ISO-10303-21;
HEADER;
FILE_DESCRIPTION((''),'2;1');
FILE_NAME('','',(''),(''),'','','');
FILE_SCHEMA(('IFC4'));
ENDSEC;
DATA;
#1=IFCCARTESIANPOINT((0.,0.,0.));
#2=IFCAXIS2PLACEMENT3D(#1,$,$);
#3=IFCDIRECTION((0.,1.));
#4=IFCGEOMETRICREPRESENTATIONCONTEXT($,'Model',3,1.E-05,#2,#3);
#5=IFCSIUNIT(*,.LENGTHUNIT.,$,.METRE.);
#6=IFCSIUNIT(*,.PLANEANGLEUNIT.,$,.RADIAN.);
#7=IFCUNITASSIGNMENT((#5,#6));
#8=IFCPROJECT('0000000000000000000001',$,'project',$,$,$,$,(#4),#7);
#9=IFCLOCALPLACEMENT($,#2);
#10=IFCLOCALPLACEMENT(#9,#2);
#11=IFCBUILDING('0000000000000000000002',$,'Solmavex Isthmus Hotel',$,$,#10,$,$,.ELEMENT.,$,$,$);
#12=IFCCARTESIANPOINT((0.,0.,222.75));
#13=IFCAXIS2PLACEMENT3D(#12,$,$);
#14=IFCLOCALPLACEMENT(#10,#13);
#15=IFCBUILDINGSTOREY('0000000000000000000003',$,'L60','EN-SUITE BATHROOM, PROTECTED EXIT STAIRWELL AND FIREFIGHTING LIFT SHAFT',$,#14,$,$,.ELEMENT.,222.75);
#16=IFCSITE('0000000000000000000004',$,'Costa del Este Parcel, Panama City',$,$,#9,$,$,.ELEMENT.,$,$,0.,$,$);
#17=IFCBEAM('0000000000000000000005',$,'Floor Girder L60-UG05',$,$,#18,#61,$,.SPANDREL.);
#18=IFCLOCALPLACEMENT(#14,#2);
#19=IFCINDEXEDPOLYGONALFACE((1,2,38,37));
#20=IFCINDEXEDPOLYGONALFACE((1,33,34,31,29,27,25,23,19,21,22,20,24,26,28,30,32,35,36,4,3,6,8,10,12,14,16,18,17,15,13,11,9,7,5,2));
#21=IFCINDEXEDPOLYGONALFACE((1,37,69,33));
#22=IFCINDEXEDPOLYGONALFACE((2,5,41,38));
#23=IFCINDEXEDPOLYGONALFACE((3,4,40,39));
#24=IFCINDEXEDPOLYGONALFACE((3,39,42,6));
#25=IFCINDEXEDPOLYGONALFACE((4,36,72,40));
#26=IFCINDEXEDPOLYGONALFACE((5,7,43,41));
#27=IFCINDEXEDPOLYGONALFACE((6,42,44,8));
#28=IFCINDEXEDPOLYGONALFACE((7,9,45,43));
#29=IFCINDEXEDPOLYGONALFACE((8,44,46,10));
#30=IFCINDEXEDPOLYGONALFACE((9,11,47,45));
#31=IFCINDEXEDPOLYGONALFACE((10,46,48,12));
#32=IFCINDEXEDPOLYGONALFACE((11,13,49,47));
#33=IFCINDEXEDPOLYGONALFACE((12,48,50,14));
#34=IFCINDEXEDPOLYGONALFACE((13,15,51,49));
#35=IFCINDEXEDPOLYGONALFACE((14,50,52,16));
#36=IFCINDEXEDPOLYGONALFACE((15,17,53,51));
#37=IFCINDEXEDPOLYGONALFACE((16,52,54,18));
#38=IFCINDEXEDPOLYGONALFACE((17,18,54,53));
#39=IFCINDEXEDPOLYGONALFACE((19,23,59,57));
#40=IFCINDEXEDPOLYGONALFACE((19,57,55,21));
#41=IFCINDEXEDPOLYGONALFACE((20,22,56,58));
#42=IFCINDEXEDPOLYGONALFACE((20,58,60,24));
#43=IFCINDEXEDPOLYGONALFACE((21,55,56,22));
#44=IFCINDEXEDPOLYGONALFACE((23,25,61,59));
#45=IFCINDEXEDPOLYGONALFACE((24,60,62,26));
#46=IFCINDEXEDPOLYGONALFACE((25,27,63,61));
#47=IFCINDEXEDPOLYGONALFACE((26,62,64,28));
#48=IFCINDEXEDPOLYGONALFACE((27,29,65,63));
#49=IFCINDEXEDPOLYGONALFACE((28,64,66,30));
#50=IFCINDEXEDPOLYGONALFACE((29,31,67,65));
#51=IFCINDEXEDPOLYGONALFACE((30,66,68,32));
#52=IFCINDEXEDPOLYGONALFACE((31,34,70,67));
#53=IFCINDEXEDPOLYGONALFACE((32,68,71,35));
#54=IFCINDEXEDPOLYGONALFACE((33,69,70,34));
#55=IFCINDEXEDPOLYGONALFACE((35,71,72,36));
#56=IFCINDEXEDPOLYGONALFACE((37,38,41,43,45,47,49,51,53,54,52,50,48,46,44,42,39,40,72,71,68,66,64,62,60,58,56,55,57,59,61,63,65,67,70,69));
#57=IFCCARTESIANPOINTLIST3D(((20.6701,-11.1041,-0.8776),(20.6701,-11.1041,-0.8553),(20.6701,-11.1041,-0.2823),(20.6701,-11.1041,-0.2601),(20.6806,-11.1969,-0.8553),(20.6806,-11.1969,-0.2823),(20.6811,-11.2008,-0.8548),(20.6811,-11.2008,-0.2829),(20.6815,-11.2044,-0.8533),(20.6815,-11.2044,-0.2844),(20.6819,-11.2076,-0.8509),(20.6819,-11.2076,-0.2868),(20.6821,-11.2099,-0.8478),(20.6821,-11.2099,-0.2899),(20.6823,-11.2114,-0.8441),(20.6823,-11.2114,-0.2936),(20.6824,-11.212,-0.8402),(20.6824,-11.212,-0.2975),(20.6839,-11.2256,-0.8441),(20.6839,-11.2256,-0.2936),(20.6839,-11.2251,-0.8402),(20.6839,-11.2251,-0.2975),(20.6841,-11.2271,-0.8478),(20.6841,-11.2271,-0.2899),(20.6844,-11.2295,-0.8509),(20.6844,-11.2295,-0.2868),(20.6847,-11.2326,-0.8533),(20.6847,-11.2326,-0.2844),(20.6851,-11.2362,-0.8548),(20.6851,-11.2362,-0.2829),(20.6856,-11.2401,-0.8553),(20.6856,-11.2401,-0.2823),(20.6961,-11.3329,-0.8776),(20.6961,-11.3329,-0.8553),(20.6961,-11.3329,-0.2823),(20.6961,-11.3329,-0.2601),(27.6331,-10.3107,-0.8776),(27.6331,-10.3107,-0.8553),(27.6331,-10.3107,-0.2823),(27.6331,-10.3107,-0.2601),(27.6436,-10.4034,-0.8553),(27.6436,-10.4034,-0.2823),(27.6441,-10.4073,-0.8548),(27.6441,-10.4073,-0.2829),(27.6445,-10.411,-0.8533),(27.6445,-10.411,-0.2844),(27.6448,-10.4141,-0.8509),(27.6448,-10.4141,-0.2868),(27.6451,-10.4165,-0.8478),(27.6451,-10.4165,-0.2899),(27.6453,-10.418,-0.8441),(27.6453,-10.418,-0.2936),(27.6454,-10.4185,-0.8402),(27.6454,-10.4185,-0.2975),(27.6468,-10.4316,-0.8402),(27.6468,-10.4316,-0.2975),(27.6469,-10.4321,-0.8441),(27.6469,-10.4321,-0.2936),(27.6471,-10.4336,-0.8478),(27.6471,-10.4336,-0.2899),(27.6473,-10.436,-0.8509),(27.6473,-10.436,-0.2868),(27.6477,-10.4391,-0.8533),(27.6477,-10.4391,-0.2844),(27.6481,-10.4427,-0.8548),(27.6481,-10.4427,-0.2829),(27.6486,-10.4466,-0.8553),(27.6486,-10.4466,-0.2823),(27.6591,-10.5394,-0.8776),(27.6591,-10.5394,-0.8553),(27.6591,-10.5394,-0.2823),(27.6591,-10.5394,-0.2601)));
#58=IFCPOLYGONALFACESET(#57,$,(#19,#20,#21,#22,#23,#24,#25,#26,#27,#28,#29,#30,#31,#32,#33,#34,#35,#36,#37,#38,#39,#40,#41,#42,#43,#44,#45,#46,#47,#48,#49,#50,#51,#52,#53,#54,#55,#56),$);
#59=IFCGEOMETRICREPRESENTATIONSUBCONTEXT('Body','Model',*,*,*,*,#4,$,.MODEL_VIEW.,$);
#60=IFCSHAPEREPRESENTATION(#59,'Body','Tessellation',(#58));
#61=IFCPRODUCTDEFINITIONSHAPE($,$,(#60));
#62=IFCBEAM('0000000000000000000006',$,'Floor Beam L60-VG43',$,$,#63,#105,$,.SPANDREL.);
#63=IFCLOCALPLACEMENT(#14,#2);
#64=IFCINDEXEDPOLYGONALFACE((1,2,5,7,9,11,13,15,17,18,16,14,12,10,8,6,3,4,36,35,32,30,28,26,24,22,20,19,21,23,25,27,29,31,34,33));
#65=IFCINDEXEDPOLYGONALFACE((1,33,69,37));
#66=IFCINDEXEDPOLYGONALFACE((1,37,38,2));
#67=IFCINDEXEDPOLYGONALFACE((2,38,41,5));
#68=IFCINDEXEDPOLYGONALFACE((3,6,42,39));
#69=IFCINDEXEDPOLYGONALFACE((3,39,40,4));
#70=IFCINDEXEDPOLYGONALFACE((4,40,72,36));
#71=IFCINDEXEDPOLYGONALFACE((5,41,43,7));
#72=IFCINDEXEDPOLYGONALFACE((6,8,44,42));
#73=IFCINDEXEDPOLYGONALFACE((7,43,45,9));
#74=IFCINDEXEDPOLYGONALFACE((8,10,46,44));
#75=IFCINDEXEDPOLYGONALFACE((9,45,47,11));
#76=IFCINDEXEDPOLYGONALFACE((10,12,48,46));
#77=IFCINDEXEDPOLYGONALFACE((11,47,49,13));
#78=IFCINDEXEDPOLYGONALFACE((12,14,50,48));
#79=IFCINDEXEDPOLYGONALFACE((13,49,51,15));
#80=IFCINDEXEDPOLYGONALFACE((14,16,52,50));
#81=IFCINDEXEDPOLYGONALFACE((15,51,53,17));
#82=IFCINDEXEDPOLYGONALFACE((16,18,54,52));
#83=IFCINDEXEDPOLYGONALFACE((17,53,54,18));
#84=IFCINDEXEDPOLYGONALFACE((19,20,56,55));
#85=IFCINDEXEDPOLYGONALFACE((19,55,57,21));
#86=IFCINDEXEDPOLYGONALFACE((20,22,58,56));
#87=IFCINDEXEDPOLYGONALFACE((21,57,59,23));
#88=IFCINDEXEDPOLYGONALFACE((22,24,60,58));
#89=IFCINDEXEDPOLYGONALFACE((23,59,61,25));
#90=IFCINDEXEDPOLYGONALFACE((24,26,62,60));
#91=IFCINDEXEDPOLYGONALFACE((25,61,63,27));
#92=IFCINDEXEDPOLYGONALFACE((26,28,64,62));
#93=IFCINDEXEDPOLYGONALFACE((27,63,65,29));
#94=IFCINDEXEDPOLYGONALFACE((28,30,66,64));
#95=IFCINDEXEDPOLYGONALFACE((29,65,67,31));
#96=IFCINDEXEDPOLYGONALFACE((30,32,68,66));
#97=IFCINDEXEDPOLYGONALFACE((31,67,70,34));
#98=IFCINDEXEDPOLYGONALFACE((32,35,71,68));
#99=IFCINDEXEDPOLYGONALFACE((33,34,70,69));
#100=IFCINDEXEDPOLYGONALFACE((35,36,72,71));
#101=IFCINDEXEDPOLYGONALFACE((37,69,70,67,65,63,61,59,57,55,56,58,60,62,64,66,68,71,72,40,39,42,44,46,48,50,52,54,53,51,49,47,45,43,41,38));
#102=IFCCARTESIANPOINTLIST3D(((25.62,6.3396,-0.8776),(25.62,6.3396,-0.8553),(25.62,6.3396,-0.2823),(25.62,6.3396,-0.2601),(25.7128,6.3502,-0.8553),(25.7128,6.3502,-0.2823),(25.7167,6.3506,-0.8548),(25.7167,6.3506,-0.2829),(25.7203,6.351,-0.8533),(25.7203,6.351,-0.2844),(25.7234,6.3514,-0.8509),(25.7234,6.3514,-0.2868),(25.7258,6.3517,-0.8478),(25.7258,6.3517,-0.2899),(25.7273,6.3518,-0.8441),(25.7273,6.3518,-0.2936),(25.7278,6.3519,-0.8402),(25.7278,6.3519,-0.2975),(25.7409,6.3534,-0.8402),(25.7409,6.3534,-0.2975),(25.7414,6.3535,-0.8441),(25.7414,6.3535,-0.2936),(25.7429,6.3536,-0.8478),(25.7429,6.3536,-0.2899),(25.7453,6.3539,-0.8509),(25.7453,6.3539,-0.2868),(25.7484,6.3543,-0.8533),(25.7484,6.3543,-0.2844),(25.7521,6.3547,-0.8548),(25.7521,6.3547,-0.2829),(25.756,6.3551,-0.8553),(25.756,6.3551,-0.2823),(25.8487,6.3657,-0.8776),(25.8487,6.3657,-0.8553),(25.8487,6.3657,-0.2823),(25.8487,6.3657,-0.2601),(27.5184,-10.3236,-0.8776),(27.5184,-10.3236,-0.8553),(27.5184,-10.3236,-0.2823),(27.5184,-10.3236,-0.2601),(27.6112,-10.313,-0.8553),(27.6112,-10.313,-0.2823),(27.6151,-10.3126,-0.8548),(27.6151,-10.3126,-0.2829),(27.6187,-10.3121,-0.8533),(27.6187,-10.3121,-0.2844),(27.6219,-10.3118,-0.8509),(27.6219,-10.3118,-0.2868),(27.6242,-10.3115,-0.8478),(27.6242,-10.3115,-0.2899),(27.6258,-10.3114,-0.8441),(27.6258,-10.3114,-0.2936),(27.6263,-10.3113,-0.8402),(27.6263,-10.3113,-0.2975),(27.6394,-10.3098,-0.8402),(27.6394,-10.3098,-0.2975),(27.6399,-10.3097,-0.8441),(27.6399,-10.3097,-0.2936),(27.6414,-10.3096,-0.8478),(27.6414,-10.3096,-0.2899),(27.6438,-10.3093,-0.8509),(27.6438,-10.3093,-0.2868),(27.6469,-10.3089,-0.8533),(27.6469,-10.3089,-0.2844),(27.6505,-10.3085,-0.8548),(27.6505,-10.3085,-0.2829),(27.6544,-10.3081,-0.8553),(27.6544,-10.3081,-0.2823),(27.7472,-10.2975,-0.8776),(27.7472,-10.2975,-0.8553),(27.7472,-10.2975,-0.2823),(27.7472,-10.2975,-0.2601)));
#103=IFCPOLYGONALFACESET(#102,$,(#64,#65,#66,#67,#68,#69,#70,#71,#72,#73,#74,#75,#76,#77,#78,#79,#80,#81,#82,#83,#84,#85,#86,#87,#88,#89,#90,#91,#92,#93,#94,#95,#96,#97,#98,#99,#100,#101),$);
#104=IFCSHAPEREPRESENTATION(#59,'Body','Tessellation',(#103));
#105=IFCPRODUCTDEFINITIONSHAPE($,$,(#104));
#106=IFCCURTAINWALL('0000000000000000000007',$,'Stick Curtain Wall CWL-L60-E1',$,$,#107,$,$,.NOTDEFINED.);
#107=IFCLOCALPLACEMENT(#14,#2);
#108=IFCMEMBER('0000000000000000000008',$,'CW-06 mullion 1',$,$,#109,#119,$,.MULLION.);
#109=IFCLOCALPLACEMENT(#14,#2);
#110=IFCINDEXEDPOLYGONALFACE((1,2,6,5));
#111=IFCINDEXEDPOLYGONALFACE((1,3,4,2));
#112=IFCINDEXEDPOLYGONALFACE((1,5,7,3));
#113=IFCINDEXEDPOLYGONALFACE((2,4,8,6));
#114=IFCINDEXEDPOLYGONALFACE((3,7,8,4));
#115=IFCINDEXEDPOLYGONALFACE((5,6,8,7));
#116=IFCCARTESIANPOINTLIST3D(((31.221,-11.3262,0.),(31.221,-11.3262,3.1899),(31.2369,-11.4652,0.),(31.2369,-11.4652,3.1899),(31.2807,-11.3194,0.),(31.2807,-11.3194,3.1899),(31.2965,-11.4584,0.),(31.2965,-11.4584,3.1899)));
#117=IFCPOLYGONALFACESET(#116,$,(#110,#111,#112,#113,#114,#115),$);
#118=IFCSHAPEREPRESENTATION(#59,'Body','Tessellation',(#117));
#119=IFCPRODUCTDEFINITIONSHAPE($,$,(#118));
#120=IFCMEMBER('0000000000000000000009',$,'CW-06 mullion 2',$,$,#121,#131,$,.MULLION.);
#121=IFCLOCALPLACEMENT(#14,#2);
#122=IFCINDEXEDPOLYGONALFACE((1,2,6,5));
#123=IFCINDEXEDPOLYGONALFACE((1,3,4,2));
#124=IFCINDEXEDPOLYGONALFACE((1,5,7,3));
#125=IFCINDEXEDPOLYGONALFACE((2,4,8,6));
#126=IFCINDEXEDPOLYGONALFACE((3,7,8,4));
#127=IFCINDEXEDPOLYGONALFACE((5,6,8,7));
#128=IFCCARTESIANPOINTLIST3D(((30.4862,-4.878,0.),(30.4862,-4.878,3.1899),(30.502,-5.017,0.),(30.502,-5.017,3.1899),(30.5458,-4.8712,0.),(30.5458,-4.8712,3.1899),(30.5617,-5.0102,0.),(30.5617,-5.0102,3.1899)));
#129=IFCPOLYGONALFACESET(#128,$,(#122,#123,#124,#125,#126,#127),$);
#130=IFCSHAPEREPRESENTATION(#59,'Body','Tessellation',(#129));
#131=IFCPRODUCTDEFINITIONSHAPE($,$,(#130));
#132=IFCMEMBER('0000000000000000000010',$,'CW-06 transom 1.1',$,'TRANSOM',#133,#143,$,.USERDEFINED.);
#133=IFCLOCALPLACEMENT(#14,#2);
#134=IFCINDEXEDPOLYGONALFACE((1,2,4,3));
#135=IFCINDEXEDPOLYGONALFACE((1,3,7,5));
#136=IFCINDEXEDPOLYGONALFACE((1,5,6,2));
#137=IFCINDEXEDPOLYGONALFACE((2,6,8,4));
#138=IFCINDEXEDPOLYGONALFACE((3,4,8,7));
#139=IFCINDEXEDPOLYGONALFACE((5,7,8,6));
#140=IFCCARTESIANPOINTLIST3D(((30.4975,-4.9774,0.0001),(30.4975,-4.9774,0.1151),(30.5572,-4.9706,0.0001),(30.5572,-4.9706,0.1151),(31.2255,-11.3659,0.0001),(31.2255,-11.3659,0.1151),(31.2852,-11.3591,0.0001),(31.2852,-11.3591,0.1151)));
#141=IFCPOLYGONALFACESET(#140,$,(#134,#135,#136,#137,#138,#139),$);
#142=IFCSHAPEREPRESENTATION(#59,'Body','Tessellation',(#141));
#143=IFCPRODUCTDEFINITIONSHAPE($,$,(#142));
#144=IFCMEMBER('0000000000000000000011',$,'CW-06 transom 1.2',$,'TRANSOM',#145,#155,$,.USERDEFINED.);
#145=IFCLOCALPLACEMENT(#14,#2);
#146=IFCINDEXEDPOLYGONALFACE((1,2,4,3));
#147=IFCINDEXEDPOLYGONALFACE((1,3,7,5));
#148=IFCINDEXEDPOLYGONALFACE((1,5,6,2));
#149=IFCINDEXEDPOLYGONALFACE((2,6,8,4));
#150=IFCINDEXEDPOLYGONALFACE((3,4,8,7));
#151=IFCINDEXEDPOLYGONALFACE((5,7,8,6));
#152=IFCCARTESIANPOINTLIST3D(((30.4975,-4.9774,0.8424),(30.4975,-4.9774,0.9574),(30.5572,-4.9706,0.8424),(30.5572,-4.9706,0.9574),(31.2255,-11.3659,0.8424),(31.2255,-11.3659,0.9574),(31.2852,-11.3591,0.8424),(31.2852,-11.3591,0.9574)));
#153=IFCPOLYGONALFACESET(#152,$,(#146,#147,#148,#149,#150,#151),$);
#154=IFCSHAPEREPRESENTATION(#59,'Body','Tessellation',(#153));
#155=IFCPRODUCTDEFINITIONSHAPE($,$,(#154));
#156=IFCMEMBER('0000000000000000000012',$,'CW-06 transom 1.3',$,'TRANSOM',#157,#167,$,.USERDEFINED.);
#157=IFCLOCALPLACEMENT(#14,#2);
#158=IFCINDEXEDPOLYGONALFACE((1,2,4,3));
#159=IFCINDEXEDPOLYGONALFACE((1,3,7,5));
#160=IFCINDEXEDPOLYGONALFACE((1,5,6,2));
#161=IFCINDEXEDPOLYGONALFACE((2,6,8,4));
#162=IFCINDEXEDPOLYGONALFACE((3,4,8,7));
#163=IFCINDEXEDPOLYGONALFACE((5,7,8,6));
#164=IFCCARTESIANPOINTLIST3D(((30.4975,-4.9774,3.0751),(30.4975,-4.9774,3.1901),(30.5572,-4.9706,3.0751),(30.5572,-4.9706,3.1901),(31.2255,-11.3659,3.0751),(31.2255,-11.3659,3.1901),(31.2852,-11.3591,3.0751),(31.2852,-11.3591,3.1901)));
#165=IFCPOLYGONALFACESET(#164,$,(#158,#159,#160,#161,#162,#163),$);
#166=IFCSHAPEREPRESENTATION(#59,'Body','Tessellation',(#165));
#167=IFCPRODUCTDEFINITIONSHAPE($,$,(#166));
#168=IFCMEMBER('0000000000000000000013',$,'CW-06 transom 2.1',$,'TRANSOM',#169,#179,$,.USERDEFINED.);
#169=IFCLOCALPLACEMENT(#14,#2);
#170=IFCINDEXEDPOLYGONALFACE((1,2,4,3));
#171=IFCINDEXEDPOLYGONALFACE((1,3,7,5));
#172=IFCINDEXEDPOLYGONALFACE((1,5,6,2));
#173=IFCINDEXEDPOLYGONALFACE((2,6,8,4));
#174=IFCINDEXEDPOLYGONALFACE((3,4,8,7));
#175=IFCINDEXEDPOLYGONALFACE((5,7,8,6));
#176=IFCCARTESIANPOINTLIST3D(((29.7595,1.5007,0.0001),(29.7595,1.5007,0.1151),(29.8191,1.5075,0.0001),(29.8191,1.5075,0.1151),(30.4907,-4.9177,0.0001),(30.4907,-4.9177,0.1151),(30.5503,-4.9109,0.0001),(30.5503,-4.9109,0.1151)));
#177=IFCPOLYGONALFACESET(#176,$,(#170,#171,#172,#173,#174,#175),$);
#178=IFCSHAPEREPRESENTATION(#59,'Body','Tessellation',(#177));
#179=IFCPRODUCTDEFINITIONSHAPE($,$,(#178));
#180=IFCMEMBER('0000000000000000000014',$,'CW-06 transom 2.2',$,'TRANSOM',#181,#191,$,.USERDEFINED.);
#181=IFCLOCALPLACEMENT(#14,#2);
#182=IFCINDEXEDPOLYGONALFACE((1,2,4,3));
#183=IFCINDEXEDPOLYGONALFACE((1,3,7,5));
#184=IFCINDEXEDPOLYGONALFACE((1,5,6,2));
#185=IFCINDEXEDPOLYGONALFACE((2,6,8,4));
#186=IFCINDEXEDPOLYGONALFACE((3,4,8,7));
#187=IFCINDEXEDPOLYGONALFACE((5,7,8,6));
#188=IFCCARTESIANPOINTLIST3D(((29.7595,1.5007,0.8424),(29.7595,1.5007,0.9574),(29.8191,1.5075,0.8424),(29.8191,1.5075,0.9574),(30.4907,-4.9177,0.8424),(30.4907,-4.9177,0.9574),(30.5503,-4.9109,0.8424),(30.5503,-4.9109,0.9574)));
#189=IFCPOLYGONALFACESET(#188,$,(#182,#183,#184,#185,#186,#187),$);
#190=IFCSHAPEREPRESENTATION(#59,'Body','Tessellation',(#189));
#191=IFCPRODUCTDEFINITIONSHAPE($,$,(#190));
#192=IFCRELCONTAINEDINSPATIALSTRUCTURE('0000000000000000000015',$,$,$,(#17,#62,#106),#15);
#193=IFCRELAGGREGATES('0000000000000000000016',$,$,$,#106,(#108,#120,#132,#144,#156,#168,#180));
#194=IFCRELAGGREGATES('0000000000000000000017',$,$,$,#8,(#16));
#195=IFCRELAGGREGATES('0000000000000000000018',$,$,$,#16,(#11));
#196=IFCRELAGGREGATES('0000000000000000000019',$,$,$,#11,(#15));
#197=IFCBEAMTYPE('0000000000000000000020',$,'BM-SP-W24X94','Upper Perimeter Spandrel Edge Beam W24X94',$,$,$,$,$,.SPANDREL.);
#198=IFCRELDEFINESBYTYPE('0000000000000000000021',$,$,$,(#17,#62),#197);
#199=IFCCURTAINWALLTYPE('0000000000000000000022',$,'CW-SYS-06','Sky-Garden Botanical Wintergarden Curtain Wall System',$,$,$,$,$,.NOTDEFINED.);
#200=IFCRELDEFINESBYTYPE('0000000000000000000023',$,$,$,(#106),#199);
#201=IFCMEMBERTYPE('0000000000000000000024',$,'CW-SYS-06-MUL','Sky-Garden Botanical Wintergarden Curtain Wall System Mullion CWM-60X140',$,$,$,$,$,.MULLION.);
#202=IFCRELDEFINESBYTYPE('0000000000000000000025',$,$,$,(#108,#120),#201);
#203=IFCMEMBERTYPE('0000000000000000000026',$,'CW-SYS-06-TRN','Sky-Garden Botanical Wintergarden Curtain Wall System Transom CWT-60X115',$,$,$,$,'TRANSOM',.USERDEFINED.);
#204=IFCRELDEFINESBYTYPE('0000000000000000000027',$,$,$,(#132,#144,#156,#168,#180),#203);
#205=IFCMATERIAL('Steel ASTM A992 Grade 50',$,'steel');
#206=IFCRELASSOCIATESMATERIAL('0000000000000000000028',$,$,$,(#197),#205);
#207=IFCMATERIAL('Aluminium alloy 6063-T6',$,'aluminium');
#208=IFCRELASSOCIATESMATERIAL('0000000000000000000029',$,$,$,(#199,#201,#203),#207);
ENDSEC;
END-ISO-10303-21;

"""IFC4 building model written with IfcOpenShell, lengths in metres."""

from ifc_helpers import new_model, si_unit, direction, frame, origin, origin_2d, place, context, subcontext, project, spatial, rectangle, i_section, extrude, material, material_profile, profile_set, type_object, element, aggregate, save


model = new_model("IFC4")

# Units and contexts
model_context = context("Model", 3, precision=1e-05, world=origin(), true_north=direction((0.0, 1.0)))
body_context = subcontext(model_context, "Body", "Model", "MODEL_VIEW")
ifc_project = project(units=[si_unit("LENGTHUNIT", "METRE"), si_unit("PLANEANGLEUNIT", "RADIAN")], contexts=[model_context])

# Site, building, storey
site_placement = place(None, origin())
site = spatial("IfcSite", under=ifc_project, at=site_placement, Name="Costa del Este Parcel, Panama City", CompositionType="ELEMENT", RefElevation=0.0)
building_placement = place(site_placement, origin())
building = spatial("IfcBuilding", under=site, at=building_placement, Name="Solmavex Isthmus Hotel", CompositionType="ELEMENT")
storey_placement = place(building_placement, frame((0.0, 0.0, 222.75)))
storey = spatial("IfcBuildingStorey", under=building, at=storey_placement, Name="L60", Description="EN-SUITE BATHROOM, PROTECTED EXIT STAIRWELL AND FIREFIGHTING LIFT SHAFT", CompositionType="ELEMENT", Elevation=222.75)

# Beams
ifc_material_1 = material(Name="Steel ASTM A992 Grade 50", Category="steel")
ifc_material_profile_1 = material_profile(ifc_material_1, i_section(OverallWidth=0.2302, OverallDepth=0.6174, WebThickness=0.0132, FlangeThickness=0.0222, FilletRadius=0.0151, at=origin_2d()), Name="W24X94")
ifc_profile_set_1 = profile_set([ifc_material_profile_1], Name="Steel ASTM A992 Grade 50")
beam_type_1 = type_object("IfcBeamType", Name="BM-SP-W24X94", Description="Upper Perimeter Spandrel Edge Beam W24X94", PredefinedType="SPANDREL", material=ifc_profile_set_1)
beam_1_placement = place(storey_placement, frame((20.6831, -11.2185, -0.5688), z_axis=(0.99357, 0.113222, 0.0), x_axis=(-0.113222, 0.99357, 0.0)))
element("IfcBeam", 1, at=beam_1_placement, inside=storey, type_object=beam_type_1, Name="Floor Girder L60-UG05", PredefinedType="SPANDREL", context=body_context, shape_type="SweptSolid", body=[
    extrude(i_section(OverallWidth=0.2302, OverallDepth=0.6174, WebThickness=0.0132, FlangeThickness=0.0222, FilletRadius=0.0151, at=origin_2d()), origin(), (0.0, 0.0, 1.0), 7.0081),
])
beam_2_placement = place(storey_placement, frame((27.6328, -10.3105, -0.5688), z_axis=(-0.113198, 0.993572, 0.0), x_axis=(-0.993572, -0.113198, 0.0)))
element("IfcBeam", 2, at=beam_2_placement, inside=storey, type_object=beam_type_1, Name="Floor Beam L60-VG43", PredefinedType="SPANDREL", context=body_context, shape_type="SweptSolid", body=[
    extrude(i_section(OverallWidth=0.2302, OverallDepth=0.6174, WebThickness=0.0132, FlangeThickness=0.0222, FilletRadius=0.0151, at=origin_2d()), origin(), (0.0, 0.0, 1.0), 16.771),
])

# Curtain wall, members
ifc_material_2 = material(Name="Aluminium alloy 6063-T6", Category="aluminium")
curtain_wall_type = type_object("IfcCurtainWallType", Name="CW-SYS-06", Description="Sky-Garden Botanical Wintergarden Curtain Wall System", PredefinedType="NOTDEFINED", material=ifc_material_2)
curtain_wall_placement = place(storey_placement, origin())
curtain_wall = element("IfcCurtainWall", 3, at=curtain_wall_placement, inside=storey, type_object=curtain_wall_type, Name="Stick Curtain Wall CWL-L60-E1", PredefinedType="NOTDEFINED")
ifc_material_profile_2 = material_profile(ifc_material_2, rectangle(XDim=0.0601, YDim=0.1399, at=origin_2d()), Name="CWM-60X140")
ifc_profile_set_2 = profile_set([ifc_material_profile_2], Name="Aluminium alloy 6063-T6")
member_type_1 = type_object("IfcMemberType", Name="CW-SYS-06-MUL", Description="Sky-Garden Botanical Wintergarden Curtain Wall System Mullion CWM-60X140", PredefinedType="MULLION", material=ifc_profile_set_2)
member_1_placement = place(storey_placement, frame((31.2588, -11.3923, 0.0), z_axis=(0.0, 0.0, 1.0), x_axis=(-0.993572, -0.113203, 0.0)))
member_1 = element("IfcMember", 4, at=member_1_placement, type_object=member_type_1, Name="CW-06 mullion 1", PredefinedType="MULLION", context=body_context, shape_type="SweptSolid", body=[
    extrude(rectangle(XDim=0.0601, YDim=0.1399, at=origin_2d()), origin(), (0.0, 0.0, 1.0), 3.1899),
])
member_2_placement = place(storey_placement, frame((30.5239, -4.9441, 0.0), z_axis=(0.0, 0.0, 1.0), x_axis=(-0.993572, -0.113203, 0.0)))
member_2 = element("IfcMember", 5, at=member_2_placement, type_object=member_type_1, Name="CW-06 mullion 2", PredefinedType="MULLION", context=body_context, shape_type="SweptSolid", body=[
    extrude(rectangle(XDim=0.0601, YDim=0.1399, at=origin_2d()), origin(), (0.0, 0.0, 1.0), 3.1899),
])
ifc_material_profile_3 = material_profile(ifc_material_2, rectangle(XDim=0.0601, YDim=0.115, at=origin_2d()), Name="CWT-60X115")
ifc_profile_set_3 = profile_set([ifc_material_profile_3], Name="Aluminium alloy 6063-T6")
member_type_2 = type_object("IfcMemberType", Name="CW-SYS-06-TRN", Description="Sky-Garden Botanical Wintergarden Curtain Wall System Transom CWT-60X115", ElementType="TRANSOM", PredefinedType="USERDEFINED", material=ifc_profile_set_3)
member_3_placement = place(storey_placement, frame((31.2554, -11.3625, 0.0576), z_axis=(-0.113223, 0.99357, 0.0), x_axis=(-0.99357, -0.113223, 0.0)))
member_3 = element("IfcMember", 6, at=member_3_placement, type_object=member_type_2, Name="CW-06 transom 1.1", ObjectType="TRANSOM", PredefinedType="USERDEFINED", context=body_context, shape_type="SweptSolid", body=[
    extrude(rectangle(XDim=0.0601, YDim=0.115, at=origin_2d()), origin(), (0.0, 0.0, 1.0), 6.4299),
])
member_4_placement = place(storey_placement, frame((31.2554, -11.3625, 0.8999), z_axis=(-0.113223, 0.99357, 0.0), x_axis=(-0.99357, -0.113223, 0.0)))
member_4 = element("IfcMember", 7, at=member_4_placement, type_object=member_type_2, Name="CW-06 transom 1.2", ObjectType="TRANSOM", PredefinedType="USERDEFINED", context=body_context, shape_type="SweptSolid", body=[
    extrude(rectangle(XDim=0.0601, YDim=0.115, at=origin_2d()), origin(), (0.0, 0.0, 1.0), 6.4299),
])
member_5_placement = place(storey_placement, frame((31.2554, -11.3625, 3.1326), z_axis=(-0.113223, 0.99357, 0.0), x_axis=(-0.99357, -0.113223, 0.0)))
member_5 = element("IfcMember", 8, at=member_5_placement, type_object=member_type_2, Name="CW-06 transom 1.3", ObjectType="TRANSOM", PredefinedType="USERDEFINED", context=body_context, shape_type="SweptSolid", body=[
    extrude(rectangle(XDim=0.0601, YDim=0.115, at=origin_2d()), origin(), (0.0, 0.0, 1.0), 6.4299),
])
member_6_placement = place(storey_placement, frame((30.5205, -4.9143, 0.0576), z_axis=(-0.11319, 0.993573, 0.0), x_axis=(-0.993573, -0.11319, 0.0)))
member_6 = element("IfcMember", 9, at=member_6_placement, type_object=member_type_2, Name="CW-06 transom 2.1", ObjectType="TRANSOM", PredefinedType="USERDEFINED", context=body_context, shape_type="SweptSolid", body=[
    extrude(rectangle(XDim=0.0601, YDim=0.115, at=origin_2d()), origin(), (0.0, 0.0, 1.0), 6.46),
])
member_7_placement = place(storey_placement, frame((30.5205, -4.9143, 0.8999), z_axis=(-0.11319, 0.993573, 0.0), x_axis=(-0.993573, -0.11319, 0.0)))
member_7 = element("IfcMember", 10, at=member_7_placement, type_object=member_type_2, Name="CW-06 transom 2.2", ObjectType="TRANSOM", PredefinedType="USERDEFINED", context=body_context, shape_type="SweptSolid", body=[
    extrude(rectangle(XDim=0.0601, YDim=0.115, at=origin_2d()), origin(), (0.0, 0.0, 1.0), 6.46),
])
aggregate(curtain_wall, [member_1, member_2, member_3, member_4, member_5, member_6, member_7])

save(model, "model.ifc")
